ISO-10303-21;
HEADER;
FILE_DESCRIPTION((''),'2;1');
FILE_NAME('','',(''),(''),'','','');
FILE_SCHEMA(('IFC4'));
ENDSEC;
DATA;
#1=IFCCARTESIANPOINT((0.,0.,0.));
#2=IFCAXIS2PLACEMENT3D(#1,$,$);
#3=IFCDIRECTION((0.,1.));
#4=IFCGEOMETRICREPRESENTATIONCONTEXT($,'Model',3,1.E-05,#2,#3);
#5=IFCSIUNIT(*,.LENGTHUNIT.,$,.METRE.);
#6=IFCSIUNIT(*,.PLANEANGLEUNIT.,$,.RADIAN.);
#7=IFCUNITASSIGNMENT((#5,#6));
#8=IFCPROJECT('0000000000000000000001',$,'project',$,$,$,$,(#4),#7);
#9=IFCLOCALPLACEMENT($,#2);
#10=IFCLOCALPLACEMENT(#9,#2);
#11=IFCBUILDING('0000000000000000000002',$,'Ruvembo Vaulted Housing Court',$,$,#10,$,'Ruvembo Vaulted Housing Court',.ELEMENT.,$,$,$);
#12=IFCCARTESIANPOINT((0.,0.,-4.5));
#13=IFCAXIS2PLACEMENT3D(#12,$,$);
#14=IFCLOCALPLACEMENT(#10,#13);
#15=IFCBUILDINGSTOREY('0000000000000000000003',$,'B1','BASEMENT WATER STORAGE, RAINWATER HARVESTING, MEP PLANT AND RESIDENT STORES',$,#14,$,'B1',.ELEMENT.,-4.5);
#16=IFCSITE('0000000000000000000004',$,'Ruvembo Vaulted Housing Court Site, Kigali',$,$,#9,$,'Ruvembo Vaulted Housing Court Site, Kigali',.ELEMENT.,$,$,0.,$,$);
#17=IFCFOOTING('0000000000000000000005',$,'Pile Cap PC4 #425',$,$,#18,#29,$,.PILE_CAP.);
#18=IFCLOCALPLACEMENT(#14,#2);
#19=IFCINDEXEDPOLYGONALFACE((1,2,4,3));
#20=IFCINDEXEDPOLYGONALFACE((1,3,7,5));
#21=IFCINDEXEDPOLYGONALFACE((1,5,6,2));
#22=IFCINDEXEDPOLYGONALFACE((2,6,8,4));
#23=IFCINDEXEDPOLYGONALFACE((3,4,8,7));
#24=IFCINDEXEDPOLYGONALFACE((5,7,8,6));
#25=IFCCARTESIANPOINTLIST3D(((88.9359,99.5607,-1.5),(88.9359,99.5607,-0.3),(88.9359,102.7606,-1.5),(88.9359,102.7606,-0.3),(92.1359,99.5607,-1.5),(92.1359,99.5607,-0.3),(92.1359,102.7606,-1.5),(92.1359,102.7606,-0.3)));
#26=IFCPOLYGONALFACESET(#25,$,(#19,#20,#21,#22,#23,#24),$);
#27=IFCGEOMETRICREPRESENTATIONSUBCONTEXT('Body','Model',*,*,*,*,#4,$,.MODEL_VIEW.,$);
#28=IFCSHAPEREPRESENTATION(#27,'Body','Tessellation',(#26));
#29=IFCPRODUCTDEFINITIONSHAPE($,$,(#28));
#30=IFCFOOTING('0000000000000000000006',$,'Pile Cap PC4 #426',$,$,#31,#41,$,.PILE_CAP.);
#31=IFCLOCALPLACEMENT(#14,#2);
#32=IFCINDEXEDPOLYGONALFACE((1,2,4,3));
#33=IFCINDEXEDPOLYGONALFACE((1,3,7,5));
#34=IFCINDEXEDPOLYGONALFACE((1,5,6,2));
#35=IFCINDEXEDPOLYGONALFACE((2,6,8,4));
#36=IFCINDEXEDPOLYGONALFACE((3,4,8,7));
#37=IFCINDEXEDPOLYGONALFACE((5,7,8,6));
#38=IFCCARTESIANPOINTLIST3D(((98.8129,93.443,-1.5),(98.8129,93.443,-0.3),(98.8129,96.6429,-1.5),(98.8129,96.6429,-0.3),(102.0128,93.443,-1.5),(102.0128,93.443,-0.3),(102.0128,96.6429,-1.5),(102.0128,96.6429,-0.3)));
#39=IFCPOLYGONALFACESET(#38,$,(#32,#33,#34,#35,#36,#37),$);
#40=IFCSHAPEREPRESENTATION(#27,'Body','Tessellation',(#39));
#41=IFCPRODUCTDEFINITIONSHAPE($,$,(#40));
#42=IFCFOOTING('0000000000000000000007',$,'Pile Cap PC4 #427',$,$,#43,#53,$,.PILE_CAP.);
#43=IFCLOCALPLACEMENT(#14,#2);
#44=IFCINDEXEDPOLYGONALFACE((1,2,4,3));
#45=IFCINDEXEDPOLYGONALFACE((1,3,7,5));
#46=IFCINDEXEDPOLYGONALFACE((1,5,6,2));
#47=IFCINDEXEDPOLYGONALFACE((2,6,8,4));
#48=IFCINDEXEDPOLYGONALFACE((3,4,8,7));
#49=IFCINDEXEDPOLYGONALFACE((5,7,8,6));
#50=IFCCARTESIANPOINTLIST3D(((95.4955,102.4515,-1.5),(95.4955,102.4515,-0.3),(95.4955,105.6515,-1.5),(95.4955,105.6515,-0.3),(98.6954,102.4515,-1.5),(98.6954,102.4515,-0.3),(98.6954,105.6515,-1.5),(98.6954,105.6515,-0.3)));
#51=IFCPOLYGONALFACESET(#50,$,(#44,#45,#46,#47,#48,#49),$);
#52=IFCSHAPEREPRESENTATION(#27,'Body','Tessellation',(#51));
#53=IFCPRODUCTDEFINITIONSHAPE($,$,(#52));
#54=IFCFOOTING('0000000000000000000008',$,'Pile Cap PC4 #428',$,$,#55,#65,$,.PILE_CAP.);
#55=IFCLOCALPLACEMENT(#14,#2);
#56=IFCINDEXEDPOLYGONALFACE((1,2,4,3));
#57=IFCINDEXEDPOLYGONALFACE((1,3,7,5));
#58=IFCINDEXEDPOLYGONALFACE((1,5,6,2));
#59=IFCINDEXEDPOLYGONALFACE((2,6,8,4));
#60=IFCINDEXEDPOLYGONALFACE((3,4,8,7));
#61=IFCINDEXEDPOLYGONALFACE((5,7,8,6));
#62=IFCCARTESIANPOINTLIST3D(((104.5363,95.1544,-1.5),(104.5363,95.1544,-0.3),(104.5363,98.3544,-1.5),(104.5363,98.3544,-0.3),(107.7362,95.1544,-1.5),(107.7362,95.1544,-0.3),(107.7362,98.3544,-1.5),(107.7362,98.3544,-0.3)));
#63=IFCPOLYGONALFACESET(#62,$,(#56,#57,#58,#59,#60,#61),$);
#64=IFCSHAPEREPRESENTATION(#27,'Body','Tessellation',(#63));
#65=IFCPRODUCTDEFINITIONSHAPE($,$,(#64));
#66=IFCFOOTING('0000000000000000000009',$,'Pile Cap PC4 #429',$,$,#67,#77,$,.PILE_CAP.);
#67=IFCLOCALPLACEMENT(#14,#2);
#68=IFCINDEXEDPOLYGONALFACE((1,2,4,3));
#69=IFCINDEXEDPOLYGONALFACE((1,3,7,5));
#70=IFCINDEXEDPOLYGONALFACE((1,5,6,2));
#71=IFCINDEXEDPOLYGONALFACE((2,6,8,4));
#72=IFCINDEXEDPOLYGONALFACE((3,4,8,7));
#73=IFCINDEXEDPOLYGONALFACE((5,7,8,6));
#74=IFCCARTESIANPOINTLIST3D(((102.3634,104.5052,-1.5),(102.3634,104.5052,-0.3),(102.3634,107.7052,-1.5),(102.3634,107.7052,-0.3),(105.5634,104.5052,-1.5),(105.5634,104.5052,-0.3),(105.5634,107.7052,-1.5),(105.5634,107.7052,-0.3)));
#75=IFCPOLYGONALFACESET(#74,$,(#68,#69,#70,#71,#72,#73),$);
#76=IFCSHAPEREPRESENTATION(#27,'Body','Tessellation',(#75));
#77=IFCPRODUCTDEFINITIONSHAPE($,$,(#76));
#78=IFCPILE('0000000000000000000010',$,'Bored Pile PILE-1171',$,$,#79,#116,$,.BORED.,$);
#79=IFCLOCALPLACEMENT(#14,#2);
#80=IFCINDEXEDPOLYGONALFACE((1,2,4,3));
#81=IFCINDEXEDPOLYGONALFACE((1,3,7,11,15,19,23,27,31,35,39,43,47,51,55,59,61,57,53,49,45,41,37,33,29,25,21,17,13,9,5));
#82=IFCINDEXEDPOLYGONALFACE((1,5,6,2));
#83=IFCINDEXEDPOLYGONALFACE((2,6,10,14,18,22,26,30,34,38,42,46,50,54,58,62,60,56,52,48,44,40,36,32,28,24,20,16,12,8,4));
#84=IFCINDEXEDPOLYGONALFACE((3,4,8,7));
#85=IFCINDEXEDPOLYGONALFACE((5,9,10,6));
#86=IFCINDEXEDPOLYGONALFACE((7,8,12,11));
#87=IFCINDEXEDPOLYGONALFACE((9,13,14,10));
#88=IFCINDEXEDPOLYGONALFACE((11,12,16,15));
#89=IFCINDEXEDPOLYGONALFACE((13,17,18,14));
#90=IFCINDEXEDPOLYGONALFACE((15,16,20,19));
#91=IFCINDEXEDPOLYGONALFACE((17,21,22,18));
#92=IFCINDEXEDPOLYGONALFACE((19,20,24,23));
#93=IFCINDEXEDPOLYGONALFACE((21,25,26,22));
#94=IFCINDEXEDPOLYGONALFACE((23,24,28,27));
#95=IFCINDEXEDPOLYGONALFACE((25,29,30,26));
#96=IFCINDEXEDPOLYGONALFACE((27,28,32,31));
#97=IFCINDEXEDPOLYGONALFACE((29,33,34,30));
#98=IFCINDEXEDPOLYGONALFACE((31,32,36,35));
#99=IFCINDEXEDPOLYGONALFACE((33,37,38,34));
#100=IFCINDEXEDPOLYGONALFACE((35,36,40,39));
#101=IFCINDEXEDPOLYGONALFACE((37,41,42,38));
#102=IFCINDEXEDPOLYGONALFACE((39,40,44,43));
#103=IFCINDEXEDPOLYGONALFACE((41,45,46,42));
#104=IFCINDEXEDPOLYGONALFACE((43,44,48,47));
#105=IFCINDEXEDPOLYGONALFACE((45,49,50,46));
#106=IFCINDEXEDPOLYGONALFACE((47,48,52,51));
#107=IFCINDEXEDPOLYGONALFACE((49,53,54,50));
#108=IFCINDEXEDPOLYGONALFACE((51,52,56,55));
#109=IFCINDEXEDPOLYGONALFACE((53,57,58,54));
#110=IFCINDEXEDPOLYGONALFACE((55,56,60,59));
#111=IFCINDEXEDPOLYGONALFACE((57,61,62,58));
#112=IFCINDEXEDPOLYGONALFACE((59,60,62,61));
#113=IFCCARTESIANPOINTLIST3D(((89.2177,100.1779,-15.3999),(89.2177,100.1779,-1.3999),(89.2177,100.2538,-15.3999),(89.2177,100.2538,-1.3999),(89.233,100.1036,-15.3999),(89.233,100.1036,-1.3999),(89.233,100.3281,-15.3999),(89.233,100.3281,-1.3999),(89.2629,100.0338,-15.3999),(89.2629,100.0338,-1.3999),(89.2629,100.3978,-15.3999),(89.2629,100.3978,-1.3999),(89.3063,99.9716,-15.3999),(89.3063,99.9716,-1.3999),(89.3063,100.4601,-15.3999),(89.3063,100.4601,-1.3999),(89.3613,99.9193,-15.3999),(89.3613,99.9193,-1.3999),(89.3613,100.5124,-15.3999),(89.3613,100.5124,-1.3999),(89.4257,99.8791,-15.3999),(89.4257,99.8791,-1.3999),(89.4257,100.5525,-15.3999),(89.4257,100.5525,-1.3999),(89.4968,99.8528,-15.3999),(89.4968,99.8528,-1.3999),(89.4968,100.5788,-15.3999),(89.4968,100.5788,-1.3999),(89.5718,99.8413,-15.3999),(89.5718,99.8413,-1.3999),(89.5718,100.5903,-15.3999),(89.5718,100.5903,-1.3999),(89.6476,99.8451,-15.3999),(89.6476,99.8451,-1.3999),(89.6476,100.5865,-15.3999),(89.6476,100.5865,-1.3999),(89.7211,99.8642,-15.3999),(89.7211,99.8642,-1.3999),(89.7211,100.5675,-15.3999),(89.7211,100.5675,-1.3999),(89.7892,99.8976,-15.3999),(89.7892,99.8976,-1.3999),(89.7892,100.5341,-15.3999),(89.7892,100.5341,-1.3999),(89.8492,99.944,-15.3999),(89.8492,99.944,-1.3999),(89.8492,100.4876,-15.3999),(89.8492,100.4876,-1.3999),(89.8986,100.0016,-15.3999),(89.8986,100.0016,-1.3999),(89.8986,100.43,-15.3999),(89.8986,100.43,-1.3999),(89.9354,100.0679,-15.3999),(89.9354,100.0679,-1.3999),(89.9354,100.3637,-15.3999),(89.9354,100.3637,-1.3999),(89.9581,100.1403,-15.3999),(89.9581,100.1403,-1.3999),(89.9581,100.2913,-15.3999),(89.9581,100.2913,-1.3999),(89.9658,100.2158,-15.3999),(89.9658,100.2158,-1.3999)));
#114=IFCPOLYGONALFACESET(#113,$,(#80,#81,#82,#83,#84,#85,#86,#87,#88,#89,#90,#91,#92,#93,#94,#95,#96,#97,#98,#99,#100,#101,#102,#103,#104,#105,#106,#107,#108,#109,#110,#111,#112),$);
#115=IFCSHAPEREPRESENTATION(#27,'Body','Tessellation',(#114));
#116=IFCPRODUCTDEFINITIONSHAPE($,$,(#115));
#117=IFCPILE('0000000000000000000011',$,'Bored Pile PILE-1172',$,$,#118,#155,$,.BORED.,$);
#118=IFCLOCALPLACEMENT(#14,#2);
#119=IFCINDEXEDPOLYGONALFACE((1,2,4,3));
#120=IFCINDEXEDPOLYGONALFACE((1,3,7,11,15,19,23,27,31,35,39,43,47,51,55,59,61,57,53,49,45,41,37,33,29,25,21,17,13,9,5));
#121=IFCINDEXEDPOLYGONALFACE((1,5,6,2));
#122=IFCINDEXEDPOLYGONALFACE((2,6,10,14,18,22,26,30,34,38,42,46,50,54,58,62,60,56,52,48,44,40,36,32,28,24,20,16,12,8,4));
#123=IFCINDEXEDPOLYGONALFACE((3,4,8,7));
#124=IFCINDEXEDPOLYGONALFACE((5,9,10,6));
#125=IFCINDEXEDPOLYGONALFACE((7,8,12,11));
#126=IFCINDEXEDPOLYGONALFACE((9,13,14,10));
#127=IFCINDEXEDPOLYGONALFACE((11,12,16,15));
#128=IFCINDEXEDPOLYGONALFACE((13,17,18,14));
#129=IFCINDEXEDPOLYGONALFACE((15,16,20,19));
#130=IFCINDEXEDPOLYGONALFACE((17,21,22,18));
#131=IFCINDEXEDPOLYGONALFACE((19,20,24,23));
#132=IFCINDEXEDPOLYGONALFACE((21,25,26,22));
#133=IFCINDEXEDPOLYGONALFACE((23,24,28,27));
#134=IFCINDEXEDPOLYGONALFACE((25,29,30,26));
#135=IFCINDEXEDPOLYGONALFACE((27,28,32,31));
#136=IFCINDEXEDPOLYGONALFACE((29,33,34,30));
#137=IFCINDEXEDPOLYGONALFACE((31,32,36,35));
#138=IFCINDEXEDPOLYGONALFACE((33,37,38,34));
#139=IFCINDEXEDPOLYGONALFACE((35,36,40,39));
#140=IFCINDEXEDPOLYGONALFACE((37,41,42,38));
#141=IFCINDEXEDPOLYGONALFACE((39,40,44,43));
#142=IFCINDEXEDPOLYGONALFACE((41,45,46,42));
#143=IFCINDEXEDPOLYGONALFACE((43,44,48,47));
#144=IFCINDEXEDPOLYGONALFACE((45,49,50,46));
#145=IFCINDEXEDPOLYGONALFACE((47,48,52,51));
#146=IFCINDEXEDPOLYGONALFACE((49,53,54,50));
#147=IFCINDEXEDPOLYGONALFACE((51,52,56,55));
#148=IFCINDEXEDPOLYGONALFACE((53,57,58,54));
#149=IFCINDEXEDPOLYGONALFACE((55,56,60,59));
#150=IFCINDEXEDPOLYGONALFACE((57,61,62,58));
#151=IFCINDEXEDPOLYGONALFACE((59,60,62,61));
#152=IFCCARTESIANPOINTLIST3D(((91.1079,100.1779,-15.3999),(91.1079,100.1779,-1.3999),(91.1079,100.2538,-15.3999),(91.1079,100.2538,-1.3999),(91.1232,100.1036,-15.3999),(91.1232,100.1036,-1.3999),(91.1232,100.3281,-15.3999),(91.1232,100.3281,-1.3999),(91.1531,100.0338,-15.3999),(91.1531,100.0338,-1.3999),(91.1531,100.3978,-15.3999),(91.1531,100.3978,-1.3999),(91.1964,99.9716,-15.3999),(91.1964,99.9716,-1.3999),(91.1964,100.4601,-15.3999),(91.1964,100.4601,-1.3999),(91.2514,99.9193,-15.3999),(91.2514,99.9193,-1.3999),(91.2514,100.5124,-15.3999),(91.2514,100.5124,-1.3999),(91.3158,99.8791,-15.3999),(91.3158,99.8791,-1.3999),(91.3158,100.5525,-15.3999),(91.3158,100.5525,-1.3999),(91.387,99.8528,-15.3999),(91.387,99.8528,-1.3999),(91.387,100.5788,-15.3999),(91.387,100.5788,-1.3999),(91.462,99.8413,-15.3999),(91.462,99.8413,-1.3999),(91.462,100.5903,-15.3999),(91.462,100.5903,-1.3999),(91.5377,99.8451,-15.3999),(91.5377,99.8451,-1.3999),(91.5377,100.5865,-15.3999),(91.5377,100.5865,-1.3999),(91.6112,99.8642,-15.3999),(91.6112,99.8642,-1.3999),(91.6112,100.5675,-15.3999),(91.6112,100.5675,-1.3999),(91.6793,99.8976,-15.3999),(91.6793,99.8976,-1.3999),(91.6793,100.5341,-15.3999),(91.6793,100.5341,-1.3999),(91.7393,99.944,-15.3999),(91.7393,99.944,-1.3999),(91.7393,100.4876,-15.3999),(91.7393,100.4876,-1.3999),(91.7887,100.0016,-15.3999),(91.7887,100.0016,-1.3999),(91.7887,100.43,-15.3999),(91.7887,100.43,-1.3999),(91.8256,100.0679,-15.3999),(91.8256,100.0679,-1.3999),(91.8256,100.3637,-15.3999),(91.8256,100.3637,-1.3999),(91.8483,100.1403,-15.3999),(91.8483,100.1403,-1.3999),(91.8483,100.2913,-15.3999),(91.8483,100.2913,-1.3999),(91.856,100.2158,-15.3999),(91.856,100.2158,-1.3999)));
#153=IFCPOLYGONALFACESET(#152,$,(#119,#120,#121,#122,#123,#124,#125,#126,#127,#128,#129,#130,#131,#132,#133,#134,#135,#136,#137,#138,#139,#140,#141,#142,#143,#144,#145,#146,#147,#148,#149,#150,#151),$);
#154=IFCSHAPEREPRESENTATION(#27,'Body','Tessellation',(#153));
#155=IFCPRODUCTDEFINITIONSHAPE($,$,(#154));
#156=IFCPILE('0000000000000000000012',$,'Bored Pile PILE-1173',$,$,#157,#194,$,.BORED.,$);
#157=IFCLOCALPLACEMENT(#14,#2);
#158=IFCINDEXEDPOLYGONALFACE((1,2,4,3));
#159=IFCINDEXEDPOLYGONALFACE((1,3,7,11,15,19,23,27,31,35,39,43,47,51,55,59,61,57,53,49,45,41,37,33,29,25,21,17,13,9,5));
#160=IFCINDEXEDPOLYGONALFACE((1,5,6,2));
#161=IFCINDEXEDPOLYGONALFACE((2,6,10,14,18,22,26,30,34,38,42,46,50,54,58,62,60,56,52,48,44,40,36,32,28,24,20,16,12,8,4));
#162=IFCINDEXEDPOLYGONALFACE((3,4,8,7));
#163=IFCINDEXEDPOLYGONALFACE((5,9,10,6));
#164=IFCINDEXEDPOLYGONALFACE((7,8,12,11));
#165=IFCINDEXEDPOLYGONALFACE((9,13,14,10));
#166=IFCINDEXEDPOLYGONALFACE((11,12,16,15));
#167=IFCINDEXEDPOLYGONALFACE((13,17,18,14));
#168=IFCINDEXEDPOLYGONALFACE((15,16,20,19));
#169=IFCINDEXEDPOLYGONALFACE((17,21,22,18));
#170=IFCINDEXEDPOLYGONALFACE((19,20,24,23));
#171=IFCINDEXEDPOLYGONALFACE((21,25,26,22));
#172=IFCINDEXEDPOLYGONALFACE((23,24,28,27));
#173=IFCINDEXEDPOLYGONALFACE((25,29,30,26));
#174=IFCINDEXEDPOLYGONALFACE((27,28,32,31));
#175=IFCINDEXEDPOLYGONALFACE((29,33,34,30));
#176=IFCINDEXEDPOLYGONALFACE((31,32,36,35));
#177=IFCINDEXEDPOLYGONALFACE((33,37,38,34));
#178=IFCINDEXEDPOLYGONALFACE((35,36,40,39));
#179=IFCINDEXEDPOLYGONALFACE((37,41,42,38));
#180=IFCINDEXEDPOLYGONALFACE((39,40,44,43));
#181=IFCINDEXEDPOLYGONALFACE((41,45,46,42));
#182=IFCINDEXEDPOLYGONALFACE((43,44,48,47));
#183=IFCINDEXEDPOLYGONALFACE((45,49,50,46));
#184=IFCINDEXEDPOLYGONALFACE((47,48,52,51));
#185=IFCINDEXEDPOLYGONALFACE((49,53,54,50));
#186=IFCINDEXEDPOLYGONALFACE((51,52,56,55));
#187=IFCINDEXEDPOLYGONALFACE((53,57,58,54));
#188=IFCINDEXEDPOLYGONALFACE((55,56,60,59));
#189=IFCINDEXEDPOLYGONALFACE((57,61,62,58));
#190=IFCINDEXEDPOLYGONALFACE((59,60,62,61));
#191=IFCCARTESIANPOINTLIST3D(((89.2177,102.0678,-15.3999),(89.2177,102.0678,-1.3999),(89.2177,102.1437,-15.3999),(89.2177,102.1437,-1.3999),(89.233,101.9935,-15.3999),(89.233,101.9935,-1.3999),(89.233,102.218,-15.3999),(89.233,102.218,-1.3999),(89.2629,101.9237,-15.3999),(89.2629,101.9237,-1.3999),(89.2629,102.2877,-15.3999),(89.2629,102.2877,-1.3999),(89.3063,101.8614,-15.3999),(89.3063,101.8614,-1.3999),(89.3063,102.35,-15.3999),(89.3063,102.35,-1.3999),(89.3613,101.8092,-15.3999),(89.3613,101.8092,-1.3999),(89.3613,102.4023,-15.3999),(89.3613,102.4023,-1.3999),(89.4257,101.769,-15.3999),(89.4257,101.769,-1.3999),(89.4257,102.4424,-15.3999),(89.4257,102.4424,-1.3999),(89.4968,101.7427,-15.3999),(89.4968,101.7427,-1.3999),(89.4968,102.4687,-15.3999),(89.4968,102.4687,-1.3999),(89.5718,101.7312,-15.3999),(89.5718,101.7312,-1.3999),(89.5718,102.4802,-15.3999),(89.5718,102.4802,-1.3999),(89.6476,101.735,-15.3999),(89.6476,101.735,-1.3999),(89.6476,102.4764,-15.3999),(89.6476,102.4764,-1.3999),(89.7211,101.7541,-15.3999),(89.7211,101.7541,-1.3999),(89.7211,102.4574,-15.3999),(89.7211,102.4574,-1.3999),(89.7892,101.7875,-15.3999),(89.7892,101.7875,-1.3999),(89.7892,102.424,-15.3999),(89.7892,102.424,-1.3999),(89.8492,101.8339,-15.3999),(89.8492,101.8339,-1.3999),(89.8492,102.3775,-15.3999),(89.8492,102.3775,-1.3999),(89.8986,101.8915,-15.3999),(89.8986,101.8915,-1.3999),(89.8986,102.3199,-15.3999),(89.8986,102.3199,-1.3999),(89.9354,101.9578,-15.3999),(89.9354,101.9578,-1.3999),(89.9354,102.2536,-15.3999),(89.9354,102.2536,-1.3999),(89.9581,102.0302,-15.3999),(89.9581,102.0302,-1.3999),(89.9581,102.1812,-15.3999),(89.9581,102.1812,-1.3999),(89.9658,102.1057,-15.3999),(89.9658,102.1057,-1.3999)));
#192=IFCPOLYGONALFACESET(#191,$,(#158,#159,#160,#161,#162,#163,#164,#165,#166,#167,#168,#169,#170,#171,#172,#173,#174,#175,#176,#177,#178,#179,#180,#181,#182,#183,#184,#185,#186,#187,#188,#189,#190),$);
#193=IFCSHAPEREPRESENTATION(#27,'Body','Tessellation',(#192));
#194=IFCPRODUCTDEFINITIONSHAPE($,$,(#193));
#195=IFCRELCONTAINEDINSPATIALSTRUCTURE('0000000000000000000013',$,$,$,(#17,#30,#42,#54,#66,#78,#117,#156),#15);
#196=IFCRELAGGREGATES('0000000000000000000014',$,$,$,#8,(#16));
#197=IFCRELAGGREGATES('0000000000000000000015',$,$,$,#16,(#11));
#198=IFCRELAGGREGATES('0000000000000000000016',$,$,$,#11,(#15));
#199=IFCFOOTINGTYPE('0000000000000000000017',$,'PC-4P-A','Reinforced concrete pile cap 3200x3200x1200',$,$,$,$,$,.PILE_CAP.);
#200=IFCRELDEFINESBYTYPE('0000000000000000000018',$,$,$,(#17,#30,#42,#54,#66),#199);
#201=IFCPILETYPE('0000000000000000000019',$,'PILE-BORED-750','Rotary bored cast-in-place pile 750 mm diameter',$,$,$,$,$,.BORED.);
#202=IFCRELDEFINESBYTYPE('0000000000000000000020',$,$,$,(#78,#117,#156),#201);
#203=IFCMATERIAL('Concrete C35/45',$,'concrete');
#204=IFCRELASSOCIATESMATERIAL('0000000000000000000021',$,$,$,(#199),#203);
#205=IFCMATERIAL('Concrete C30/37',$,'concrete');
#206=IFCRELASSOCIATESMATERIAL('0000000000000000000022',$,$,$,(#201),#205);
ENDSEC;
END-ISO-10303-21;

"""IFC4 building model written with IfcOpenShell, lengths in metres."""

from ifc_helpers import new_model, si_unit, direction, frame, origin, origin_2d, place, context, subcontext, project, spatial, rectangle, circle, extrude, material, material_profile, profile_set, type_object, element, save


model = new_model("IFC4")

# Units and contexts
model_context = context("Model", 3, precision=1e-05, world=origin(), true_north=direction((0.0, 1.0)))
body_context = subcontext(model_context, "Body", "Model", "MODEL_VIEW")
ifc_project = project(units=[si_unit("LENGTHUNIT", "METRE"), si_unit("PLANEANGLEUNIT", "RADIAN")], contexts=[model_context])

# Site, building, storey
site_placement = place(None, origin())
site = spatial("IfcSite", under=ifc_project, at=site_placement, Name="Ruvembo Vaulted Housing Court Site, Kigali", LongName="Ruvembo Vaulted Housing Court Site, Kigali", CompositionType="ELEMENT", RefElevation=0.0)
building_placement = place(site_placement, origin())
building = spatial("IfcBuilding", under=site, at=building_placement, Name="Ruvembo Vaulted Housing Court", LongName="Ruvembo Vaulted Housing Court", CompositionType="ELEMENT")
storey_placement = place(building_placement, frame((0.0, 0.0, -4.5)))
storey = spatial("IfcBuildingStorey", under=building, at=storey_placement, Name="B1", Description="BASEMENT WATER STORAGE, RAINWATER HARVESTING, MEP PLANT AND RESIDENT STORES", LongName="B1", CompositionType="ELEMENT", Elevation=-4.5)

# Footings
ifc_material_1 = material(Name="Concrete C35/45", Category="concrete")
footing_type = type_object("IfcFootingType", Name="PC-4P-A", Description="Reinforced concrete pile cap 3200x3200x1200", PredefinedType="PILE_CAP", material=ifc_material_1)
for number, where, z_axis, x_axis, name in (
    (1, (90.5359, 101.1606, -1.5), (0.0, 0.0, 1.0), (1.0, 0.0, 0.0), "Pile Cap PC4 #425"),
    (2, (100.4128, 95.043, -1.5), (0.0, 0.0, 1.0), (1.0, 0.0, 0.0), "Pile Cap PC4 #426"),
    (3, (97.0955, 104.0515, -1.5), (0.0, 0.0, 1.0), (1.0, 0.0, 0.0), "Pile Cap PC4 #427"),
    (4, (106.1362, 96.7544, -1.5), (0.0, 0.0, 1.0), (1.0, 0.0, 0.0), "Pile Cap PC4 #428"),
    (5, (103.9634, 106.1052, -1.5), (0.0, 0.0, 1.0), (1.0, 0.0, 0.0), "Pile Cap PC4 #429"),
):
    element("IfcFooting", number, at=place(storey_placement, frame(where, z_axis=z_axis, x_axis=x_axis)), inside=storey, type_object=footing_type, Name=name, PredefinedType="PILE_CAP", context=body_context, shape_type="SweptSolid", body=[
        extrude(rectangle(XDim=3.2, YDim=3.2, at=origin_2d()), origin(), (0.0, 0.0, 1.0), 1.2),
    ])

# Piles
ifc_material_2 = material(Name="Concrete C30/37", Category="concrete")
ifc_material_profile_1 = material_profile(ifc_material_2, circle(Radius=0.375, at=origin_2d()), Name="PILE D750")
ifc_profile_set_1 = profile_set([ifc_material_profile_1], Name="Concrete C30/37")
pile_type = type_object("IfcPileType", Name="PILE-BORED-750", Description="Rotary bored cast-in-place pile 750 mm diameter", PredefinedType="BORED", material=ifc_profile_set_1)
for number, where, z_axis, x_axis, name in (
    (6, (89.5908, 100.2158, -1.3999), (0.0, 0.0, -1.0), (1.0, 0.0, 0.0), "Bored Pile PILE-1171"),
    (7, (91.481, 100.2158, -1.3999), (0.0, 0.0, -1.0), (1.0, 0.0, 0.0), "Bored Pile PILE-1172"),
    (8, (89.5908, 102.1057, -1.3999), (0.0, 0.0, -1.0), (1.0, 0.0, 0.0), "Bored Pile PILE-1173"),
):
    element("IfcPile", number, at=place(storey_placement, frame(where, z_axis=z_axis, x_axis=x_axis)), inside=storey, type_object=pile_type, Name=name, PredefinedType="BORED", context=body_context, shape_type="SweptSolid", body=[
        extrude(circle(Radius=0.375, at=origin_2d()), origin(), (0.0, 0.0, 1.0), 14.0),
    ])

save(model, "model.ifc")
